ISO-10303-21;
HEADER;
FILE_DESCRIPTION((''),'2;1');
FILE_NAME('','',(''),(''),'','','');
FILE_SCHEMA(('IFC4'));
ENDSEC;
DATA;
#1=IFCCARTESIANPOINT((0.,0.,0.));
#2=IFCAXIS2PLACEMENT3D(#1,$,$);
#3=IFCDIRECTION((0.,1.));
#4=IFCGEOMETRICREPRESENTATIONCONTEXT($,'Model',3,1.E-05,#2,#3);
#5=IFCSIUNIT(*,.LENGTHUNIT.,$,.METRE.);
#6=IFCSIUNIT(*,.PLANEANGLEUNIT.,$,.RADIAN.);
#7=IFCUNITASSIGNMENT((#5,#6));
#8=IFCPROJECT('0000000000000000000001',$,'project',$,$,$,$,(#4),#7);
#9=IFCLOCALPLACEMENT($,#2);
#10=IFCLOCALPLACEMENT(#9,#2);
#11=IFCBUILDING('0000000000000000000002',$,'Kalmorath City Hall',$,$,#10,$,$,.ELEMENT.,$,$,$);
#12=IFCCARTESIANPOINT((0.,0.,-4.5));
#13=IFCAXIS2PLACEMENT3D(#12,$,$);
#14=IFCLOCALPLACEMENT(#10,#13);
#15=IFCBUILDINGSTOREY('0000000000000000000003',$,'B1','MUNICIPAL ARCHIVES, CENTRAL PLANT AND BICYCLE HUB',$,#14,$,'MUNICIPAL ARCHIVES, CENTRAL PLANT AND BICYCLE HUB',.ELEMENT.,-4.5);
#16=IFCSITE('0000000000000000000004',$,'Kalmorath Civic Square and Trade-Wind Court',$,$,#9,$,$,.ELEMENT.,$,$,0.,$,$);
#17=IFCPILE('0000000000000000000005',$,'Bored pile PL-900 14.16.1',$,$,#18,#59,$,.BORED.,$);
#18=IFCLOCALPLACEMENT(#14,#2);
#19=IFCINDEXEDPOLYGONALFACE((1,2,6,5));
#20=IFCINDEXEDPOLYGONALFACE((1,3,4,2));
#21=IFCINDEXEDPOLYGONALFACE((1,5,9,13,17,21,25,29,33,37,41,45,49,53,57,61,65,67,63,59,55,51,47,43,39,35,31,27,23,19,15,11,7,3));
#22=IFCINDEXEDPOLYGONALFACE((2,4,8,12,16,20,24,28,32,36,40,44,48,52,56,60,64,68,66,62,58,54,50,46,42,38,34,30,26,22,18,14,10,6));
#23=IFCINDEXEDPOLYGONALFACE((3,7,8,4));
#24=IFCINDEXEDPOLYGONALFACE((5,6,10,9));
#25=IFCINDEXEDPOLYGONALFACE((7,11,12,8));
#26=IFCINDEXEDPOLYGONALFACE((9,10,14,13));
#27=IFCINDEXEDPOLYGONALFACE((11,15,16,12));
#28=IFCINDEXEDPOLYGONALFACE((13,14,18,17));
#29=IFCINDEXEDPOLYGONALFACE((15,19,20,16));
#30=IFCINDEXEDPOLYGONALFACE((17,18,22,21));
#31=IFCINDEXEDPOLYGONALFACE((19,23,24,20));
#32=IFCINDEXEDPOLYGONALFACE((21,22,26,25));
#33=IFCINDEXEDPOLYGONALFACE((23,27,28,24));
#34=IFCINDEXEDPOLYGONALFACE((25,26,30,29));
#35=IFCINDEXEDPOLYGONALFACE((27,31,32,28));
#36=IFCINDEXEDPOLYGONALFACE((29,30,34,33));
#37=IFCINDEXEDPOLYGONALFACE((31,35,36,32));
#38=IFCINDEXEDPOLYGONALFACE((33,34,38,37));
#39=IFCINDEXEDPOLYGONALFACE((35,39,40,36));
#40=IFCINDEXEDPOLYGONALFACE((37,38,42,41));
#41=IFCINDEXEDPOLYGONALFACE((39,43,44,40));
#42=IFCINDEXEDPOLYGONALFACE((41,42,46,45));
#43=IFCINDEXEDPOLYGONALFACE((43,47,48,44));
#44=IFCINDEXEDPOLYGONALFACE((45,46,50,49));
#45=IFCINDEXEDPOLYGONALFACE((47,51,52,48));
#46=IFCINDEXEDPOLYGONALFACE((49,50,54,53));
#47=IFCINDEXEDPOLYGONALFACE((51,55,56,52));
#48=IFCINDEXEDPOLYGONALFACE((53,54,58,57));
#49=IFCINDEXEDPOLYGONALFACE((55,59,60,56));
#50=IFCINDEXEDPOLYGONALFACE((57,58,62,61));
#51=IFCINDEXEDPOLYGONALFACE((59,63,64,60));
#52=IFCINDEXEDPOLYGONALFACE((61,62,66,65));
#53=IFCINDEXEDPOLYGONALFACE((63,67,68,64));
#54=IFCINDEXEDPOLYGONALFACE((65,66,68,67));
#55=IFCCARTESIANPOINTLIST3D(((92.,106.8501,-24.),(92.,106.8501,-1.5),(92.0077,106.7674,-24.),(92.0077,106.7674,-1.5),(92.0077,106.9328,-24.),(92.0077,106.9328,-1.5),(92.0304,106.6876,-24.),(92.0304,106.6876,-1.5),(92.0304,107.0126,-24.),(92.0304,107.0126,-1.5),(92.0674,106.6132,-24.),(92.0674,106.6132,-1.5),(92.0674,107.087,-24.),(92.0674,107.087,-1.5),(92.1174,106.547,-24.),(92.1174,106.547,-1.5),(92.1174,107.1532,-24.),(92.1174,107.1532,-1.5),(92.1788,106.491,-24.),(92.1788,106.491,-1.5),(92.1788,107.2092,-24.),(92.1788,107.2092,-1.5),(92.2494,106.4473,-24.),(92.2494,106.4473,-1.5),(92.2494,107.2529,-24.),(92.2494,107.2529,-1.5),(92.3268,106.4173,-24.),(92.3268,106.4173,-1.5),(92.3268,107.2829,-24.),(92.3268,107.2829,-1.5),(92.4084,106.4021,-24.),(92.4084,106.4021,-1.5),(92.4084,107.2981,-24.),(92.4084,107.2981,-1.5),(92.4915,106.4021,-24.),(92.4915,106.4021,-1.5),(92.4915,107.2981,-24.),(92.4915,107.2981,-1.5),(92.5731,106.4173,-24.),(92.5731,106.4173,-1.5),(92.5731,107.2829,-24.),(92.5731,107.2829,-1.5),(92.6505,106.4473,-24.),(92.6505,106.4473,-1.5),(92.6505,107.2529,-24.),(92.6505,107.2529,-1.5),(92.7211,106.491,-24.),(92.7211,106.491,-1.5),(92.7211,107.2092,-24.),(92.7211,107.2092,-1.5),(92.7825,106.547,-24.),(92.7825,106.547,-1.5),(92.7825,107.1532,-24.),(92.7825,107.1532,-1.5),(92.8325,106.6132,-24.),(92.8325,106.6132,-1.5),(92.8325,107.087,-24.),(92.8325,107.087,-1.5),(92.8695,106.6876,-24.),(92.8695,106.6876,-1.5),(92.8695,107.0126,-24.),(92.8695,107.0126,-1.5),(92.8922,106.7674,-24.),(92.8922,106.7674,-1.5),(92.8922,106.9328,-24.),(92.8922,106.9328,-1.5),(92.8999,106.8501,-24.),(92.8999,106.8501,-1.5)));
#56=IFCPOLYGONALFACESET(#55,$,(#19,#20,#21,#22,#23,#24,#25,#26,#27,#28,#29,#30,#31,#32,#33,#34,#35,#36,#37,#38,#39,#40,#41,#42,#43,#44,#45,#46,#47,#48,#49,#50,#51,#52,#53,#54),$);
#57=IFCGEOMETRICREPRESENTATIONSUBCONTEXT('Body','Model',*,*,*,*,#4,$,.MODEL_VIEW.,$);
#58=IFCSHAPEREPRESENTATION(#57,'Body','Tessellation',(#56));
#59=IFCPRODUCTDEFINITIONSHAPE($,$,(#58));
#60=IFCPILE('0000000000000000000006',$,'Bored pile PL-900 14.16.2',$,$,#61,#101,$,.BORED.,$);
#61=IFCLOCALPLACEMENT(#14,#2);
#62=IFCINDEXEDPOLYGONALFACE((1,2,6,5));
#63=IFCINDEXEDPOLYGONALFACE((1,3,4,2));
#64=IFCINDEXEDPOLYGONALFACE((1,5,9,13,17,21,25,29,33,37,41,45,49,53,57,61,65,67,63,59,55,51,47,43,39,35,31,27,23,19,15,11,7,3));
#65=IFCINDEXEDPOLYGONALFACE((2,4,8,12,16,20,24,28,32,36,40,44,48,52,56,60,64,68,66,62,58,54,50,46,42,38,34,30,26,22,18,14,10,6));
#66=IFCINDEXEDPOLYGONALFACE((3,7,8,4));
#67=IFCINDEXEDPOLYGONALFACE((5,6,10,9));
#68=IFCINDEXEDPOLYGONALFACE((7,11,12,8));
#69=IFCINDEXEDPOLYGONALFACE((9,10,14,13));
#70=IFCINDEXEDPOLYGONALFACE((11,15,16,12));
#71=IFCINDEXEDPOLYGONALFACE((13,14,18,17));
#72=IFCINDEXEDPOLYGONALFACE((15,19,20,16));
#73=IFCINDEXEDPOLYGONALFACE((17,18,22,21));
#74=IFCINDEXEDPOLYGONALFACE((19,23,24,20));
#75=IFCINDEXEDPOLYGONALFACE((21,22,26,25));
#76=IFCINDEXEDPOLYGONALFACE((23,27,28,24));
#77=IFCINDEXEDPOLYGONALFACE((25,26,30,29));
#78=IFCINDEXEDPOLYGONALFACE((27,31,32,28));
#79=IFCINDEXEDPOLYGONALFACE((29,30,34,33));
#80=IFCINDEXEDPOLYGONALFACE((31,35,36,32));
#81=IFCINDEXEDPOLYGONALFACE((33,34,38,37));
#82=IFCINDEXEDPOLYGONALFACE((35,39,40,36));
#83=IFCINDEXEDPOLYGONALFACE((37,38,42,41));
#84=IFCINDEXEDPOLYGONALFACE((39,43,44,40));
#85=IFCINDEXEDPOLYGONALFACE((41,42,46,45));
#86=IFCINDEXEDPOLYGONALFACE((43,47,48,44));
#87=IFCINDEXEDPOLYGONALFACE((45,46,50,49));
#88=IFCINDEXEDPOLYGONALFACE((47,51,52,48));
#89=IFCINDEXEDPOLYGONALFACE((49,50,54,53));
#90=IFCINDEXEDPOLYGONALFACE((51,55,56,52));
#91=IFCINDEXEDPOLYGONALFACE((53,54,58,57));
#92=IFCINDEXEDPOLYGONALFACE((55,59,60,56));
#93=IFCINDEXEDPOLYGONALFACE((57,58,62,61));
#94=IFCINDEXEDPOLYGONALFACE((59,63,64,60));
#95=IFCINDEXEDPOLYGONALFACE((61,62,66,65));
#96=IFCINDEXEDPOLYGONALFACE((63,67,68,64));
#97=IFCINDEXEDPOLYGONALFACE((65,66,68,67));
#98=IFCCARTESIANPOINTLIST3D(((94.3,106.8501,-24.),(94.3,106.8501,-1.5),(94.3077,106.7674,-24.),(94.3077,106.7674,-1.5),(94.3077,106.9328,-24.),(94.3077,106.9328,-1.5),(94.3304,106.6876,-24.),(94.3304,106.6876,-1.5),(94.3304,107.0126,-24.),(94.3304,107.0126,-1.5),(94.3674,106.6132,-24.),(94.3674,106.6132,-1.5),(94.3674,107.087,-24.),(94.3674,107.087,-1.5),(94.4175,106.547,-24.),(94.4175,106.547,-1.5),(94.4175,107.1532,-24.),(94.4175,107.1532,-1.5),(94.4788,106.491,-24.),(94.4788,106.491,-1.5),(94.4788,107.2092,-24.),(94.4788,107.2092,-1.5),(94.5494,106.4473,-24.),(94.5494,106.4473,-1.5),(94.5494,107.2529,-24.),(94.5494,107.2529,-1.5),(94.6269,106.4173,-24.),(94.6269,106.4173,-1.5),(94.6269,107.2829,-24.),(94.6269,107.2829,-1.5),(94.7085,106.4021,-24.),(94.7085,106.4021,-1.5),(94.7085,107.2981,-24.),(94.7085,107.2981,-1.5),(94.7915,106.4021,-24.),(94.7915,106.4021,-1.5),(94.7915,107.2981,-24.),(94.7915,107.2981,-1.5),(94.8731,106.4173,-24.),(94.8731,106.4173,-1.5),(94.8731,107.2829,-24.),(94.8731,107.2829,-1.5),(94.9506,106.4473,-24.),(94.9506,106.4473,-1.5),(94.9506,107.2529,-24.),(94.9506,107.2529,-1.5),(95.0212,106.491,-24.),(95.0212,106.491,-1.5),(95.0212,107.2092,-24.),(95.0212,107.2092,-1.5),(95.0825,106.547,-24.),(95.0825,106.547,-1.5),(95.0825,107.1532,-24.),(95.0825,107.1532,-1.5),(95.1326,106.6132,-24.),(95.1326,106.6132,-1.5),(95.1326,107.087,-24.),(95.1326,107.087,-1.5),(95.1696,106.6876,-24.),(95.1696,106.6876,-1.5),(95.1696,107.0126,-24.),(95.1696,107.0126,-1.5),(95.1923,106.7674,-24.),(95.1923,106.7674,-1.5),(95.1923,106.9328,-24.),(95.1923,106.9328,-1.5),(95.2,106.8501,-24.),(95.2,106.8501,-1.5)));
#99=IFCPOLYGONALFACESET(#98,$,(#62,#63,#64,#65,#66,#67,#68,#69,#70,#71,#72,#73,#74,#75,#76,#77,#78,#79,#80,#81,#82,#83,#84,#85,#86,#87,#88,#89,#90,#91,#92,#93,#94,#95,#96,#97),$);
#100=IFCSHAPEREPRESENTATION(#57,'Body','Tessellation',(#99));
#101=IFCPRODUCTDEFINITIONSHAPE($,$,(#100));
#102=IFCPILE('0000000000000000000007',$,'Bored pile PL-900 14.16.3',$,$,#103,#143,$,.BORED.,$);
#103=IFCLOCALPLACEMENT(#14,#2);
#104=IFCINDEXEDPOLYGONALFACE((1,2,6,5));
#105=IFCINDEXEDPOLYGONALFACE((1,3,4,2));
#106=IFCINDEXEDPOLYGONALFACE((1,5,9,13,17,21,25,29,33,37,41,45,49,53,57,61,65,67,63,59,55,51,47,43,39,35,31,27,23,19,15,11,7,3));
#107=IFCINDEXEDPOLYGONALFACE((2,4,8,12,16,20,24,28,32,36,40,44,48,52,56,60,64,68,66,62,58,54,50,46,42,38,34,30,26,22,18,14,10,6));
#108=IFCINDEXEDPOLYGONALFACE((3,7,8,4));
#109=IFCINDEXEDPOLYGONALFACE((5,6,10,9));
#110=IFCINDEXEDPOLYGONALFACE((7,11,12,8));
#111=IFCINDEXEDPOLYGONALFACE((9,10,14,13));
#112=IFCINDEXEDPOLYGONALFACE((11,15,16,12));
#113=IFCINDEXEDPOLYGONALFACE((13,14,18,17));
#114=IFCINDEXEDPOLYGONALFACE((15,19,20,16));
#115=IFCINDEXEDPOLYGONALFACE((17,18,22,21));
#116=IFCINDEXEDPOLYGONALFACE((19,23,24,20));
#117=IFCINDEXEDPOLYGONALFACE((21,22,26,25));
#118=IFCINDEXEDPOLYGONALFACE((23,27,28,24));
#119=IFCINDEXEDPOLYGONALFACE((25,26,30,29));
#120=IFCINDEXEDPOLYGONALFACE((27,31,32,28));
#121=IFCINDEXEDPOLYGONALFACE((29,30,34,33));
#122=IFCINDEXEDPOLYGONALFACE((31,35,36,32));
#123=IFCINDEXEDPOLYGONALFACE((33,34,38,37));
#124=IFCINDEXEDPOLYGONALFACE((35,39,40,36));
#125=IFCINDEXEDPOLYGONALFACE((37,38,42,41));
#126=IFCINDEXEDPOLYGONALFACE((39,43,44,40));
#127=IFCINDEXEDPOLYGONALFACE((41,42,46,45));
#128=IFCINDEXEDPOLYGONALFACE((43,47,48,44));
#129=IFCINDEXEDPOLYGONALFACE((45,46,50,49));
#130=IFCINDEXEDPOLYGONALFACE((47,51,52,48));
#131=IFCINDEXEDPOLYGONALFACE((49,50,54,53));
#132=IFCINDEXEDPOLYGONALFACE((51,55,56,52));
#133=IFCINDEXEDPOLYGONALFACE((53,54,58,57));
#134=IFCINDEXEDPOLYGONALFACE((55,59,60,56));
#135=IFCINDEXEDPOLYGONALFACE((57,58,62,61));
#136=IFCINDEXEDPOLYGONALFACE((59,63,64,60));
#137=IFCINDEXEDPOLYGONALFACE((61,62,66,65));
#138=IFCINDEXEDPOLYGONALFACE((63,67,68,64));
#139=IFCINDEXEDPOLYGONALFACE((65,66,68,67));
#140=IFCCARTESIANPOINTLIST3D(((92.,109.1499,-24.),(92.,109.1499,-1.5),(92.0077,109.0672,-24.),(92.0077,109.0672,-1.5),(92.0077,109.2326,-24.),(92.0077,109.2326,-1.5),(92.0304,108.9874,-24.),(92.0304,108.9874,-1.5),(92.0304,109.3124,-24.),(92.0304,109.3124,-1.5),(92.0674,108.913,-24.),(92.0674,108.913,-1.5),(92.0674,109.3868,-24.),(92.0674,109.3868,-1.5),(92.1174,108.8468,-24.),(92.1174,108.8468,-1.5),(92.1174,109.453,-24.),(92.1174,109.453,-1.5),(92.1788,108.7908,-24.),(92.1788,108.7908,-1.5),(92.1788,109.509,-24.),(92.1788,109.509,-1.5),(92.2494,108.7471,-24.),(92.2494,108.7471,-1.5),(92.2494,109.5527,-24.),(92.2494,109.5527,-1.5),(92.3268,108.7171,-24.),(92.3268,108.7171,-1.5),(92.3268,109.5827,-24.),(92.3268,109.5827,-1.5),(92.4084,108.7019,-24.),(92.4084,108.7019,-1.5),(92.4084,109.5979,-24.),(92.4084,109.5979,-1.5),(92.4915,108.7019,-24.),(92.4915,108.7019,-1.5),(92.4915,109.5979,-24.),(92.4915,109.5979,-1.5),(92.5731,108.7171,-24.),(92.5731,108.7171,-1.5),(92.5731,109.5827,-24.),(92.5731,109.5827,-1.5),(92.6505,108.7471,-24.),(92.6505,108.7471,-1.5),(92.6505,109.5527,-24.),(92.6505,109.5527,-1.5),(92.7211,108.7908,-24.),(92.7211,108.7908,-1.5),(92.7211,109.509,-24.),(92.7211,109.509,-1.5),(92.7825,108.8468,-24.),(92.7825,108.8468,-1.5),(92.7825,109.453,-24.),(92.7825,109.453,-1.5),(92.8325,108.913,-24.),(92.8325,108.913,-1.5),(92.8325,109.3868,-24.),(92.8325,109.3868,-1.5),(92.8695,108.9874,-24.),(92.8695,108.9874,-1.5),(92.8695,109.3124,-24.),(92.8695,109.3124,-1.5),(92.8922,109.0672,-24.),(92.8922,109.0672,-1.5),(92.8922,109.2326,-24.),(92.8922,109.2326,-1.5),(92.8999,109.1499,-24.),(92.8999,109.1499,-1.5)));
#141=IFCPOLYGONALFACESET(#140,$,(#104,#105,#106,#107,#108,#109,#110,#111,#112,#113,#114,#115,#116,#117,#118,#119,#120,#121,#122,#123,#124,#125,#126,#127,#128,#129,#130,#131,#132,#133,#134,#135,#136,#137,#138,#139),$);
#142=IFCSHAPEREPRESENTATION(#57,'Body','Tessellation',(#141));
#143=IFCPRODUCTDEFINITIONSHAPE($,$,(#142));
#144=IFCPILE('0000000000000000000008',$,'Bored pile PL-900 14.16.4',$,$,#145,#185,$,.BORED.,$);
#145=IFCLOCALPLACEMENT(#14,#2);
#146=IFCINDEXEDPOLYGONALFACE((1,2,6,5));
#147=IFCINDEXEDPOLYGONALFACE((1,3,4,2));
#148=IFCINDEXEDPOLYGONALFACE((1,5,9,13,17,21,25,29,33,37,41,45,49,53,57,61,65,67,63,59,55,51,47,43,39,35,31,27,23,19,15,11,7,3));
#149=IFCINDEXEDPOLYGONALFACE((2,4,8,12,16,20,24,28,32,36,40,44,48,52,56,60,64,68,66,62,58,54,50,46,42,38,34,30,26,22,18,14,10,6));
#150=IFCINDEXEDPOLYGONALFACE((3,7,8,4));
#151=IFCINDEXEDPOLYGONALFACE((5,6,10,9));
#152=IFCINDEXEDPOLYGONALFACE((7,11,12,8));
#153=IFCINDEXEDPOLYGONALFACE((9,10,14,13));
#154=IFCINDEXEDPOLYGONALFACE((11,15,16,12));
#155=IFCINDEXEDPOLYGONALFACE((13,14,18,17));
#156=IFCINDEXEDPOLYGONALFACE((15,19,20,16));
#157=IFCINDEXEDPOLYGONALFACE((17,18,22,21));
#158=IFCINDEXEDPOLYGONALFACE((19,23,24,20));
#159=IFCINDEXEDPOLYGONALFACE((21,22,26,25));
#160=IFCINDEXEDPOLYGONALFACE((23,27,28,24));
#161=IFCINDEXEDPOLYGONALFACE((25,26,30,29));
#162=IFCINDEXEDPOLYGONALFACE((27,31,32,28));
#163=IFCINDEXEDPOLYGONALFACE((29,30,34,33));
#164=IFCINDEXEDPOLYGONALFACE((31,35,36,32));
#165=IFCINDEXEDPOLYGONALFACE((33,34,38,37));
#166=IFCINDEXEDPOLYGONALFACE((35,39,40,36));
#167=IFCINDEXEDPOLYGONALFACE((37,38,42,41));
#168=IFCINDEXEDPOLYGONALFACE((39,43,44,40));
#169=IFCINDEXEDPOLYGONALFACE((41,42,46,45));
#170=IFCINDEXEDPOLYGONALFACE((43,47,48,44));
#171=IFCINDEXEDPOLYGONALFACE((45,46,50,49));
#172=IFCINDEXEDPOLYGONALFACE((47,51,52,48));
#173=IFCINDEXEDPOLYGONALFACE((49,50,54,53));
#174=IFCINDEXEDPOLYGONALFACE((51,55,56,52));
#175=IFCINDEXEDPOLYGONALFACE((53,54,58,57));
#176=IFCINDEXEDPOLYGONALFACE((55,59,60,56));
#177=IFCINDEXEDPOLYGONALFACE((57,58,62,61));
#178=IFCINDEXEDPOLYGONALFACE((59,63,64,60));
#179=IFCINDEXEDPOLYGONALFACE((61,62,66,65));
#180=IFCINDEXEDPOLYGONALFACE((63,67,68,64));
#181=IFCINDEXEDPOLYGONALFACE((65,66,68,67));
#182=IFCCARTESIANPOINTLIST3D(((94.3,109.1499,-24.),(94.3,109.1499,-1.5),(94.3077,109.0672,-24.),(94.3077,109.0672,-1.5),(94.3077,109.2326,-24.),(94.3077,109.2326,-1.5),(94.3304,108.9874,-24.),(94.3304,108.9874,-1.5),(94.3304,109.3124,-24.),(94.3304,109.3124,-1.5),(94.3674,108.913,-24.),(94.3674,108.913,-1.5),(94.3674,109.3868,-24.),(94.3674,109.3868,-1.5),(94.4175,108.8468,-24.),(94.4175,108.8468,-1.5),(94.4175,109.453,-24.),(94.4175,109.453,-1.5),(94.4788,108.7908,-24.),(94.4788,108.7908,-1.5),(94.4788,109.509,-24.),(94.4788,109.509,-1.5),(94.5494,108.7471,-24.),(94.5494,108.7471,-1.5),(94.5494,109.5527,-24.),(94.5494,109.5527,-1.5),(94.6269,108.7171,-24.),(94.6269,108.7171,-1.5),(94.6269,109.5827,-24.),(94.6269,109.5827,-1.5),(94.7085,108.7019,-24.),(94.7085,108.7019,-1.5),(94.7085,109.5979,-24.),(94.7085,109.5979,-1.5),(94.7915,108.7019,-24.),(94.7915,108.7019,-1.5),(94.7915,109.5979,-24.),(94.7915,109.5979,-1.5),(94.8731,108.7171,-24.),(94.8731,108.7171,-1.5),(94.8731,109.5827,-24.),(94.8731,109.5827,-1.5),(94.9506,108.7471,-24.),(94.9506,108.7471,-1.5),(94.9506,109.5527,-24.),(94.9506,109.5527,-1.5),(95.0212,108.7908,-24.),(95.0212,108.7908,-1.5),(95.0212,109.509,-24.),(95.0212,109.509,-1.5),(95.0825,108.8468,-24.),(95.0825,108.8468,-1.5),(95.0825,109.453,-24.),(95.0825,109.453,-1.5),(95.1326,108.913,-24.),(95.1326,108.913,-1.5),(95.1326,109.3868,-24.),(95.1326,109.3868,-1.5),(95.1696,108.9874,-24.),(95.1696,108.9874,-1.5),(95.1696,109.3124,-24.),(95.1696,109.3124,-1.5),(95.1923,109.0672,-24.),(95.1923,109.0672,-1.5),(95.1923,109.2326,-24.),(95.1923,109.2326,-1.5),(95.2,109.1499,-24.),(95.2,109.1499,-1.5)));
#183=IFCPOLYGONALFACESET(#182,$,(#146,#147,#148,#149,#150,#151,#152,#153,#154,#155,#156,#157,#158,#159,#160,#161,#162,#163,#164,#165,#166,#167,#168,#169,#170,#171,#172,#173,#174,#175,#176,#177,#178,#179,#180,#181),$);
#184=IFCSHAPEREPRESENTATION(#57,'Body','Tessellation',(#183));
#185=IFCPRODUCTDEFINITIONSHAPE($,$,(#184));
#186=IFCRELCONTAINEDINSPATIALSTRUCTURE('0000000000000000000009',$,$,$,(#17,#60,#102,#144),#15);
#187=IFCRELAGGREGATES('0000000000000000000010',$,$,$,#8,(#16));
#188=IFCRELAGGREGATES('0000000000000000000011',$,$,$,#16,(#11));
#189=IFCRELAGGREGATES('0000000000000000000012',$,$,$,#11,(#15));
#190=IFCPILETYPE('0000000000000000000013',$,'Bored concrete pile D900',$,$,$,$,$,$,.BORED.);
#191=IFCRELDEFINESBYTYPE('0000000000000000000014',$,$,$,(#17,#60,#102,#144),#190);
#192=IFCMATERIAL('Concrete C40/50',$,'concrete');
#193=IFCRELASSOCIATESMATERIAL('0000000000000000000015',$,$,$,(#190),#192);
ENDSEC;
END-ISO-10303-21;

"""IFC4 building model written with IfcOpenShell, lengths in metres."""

from ifc_helpers import new_model, si_unit, direction, frame, origin, origin_2d, place, context, subcontext, project, spatial, circle, extrude, material, material_profile, profile_set, type_object, element, save


model = new_model("IFC4")

# Units and contexts
model_context = context("Model", 3, precision=1e-05, world=origin(), true_north=direction((0.0, 1.0)))
body_context = subcontext(model_context, "Body", "Model", "MODEL_VIEW")
ifc_project = project(units=[si_unit("LENGTHUNIT", "METRE"), si_unit("PLANEANGLEUNIT", "RADIAN")], contexts=[model_context])

# Site, building, storey
site_placement = place(None, origin())
site = spatial("IfcSite", under=ifc_project, at=site_placement, Name="Kalmorath Civic Square and Trade-Wind Court", CompositionType="ELEMENT", RefElevation=0.0)
building_placement = place(site_placement, origin())
building = spatial("IfcBuilding", under=site, at=building_placement, Name="Kalmorath City Hall", CompositionType="ELEMENT")
storey_placement = place(building_placement, frame((0.0, 0.0, -4.5)))
storey = spatial("IfcBuildingStorey", under=building, at=storey_placement, Name="B1", Description="MUNICIPAL ARCHIVES, CENTRAL PLANT AND BICYCLE HUB", LongName="MUNICIPAL ARCHIVES, CENTRAL PLANT AND BICYCLE HUB", CompositionType="ELEMENT", Elevation=-4.5)

# Piles
ifc_material_1 = material(Name="Concrete C40/50", Category="concrete")
ifc_material_profile_1 = material_profile(ifc_material_1, circle(Radius=0.45, at=origin_2d()), Name="PILE-D900")
ifc_profile_set_1 = profile_set([ifc_material_profile_1], Name="Concrete C40/50")
pile_type = type_object("IfcPileType", Name="Bored concrete pile D900", PredefinedType="BORED", material=ifc_profile_set_1)
for number, where, z_axis, x_axis, name in (
    (1, (92.45, 106.8501, -1.5), (0.0, 0.0, -1.0), (1.0, 0.0, 0.0), "Bored pile PL-900 14.16.1"),
    (2, (94.75, 106.8501, -1.5), (0.0, 0.0, -1.0), (1.0, 0.0, 0.0), "Bored pile PL-900 14.16.2"),
    (3, (92.45, 109.1499, -1.5), (0.0, 0.0, -1.0), (1.0, 0.0, 0.0), "Bored pile PL-900 14.16.3"),
    (4, (94.75, 109.1499, -1.5), (0.0, 0.0, -1.0), (1.0, 0.0, 0.0), "Bored pile PL-900 14.16.4"),
):
    element("IfcPile", number, at=place(storey_placement, frame(where, z_axis=z_axis, x_axis=x_axis)), inside=storey, type_object=pile_type, Name=name, PredefinedType="BORED", context=body_context, shape_type="SweptSolid", body=[
        extrude(circle(Radius=0.45, at=origin_2d()), origin(), (0.0, 0.0, 1.0), 22.5),
    ])

save(model, "model.ifc")
